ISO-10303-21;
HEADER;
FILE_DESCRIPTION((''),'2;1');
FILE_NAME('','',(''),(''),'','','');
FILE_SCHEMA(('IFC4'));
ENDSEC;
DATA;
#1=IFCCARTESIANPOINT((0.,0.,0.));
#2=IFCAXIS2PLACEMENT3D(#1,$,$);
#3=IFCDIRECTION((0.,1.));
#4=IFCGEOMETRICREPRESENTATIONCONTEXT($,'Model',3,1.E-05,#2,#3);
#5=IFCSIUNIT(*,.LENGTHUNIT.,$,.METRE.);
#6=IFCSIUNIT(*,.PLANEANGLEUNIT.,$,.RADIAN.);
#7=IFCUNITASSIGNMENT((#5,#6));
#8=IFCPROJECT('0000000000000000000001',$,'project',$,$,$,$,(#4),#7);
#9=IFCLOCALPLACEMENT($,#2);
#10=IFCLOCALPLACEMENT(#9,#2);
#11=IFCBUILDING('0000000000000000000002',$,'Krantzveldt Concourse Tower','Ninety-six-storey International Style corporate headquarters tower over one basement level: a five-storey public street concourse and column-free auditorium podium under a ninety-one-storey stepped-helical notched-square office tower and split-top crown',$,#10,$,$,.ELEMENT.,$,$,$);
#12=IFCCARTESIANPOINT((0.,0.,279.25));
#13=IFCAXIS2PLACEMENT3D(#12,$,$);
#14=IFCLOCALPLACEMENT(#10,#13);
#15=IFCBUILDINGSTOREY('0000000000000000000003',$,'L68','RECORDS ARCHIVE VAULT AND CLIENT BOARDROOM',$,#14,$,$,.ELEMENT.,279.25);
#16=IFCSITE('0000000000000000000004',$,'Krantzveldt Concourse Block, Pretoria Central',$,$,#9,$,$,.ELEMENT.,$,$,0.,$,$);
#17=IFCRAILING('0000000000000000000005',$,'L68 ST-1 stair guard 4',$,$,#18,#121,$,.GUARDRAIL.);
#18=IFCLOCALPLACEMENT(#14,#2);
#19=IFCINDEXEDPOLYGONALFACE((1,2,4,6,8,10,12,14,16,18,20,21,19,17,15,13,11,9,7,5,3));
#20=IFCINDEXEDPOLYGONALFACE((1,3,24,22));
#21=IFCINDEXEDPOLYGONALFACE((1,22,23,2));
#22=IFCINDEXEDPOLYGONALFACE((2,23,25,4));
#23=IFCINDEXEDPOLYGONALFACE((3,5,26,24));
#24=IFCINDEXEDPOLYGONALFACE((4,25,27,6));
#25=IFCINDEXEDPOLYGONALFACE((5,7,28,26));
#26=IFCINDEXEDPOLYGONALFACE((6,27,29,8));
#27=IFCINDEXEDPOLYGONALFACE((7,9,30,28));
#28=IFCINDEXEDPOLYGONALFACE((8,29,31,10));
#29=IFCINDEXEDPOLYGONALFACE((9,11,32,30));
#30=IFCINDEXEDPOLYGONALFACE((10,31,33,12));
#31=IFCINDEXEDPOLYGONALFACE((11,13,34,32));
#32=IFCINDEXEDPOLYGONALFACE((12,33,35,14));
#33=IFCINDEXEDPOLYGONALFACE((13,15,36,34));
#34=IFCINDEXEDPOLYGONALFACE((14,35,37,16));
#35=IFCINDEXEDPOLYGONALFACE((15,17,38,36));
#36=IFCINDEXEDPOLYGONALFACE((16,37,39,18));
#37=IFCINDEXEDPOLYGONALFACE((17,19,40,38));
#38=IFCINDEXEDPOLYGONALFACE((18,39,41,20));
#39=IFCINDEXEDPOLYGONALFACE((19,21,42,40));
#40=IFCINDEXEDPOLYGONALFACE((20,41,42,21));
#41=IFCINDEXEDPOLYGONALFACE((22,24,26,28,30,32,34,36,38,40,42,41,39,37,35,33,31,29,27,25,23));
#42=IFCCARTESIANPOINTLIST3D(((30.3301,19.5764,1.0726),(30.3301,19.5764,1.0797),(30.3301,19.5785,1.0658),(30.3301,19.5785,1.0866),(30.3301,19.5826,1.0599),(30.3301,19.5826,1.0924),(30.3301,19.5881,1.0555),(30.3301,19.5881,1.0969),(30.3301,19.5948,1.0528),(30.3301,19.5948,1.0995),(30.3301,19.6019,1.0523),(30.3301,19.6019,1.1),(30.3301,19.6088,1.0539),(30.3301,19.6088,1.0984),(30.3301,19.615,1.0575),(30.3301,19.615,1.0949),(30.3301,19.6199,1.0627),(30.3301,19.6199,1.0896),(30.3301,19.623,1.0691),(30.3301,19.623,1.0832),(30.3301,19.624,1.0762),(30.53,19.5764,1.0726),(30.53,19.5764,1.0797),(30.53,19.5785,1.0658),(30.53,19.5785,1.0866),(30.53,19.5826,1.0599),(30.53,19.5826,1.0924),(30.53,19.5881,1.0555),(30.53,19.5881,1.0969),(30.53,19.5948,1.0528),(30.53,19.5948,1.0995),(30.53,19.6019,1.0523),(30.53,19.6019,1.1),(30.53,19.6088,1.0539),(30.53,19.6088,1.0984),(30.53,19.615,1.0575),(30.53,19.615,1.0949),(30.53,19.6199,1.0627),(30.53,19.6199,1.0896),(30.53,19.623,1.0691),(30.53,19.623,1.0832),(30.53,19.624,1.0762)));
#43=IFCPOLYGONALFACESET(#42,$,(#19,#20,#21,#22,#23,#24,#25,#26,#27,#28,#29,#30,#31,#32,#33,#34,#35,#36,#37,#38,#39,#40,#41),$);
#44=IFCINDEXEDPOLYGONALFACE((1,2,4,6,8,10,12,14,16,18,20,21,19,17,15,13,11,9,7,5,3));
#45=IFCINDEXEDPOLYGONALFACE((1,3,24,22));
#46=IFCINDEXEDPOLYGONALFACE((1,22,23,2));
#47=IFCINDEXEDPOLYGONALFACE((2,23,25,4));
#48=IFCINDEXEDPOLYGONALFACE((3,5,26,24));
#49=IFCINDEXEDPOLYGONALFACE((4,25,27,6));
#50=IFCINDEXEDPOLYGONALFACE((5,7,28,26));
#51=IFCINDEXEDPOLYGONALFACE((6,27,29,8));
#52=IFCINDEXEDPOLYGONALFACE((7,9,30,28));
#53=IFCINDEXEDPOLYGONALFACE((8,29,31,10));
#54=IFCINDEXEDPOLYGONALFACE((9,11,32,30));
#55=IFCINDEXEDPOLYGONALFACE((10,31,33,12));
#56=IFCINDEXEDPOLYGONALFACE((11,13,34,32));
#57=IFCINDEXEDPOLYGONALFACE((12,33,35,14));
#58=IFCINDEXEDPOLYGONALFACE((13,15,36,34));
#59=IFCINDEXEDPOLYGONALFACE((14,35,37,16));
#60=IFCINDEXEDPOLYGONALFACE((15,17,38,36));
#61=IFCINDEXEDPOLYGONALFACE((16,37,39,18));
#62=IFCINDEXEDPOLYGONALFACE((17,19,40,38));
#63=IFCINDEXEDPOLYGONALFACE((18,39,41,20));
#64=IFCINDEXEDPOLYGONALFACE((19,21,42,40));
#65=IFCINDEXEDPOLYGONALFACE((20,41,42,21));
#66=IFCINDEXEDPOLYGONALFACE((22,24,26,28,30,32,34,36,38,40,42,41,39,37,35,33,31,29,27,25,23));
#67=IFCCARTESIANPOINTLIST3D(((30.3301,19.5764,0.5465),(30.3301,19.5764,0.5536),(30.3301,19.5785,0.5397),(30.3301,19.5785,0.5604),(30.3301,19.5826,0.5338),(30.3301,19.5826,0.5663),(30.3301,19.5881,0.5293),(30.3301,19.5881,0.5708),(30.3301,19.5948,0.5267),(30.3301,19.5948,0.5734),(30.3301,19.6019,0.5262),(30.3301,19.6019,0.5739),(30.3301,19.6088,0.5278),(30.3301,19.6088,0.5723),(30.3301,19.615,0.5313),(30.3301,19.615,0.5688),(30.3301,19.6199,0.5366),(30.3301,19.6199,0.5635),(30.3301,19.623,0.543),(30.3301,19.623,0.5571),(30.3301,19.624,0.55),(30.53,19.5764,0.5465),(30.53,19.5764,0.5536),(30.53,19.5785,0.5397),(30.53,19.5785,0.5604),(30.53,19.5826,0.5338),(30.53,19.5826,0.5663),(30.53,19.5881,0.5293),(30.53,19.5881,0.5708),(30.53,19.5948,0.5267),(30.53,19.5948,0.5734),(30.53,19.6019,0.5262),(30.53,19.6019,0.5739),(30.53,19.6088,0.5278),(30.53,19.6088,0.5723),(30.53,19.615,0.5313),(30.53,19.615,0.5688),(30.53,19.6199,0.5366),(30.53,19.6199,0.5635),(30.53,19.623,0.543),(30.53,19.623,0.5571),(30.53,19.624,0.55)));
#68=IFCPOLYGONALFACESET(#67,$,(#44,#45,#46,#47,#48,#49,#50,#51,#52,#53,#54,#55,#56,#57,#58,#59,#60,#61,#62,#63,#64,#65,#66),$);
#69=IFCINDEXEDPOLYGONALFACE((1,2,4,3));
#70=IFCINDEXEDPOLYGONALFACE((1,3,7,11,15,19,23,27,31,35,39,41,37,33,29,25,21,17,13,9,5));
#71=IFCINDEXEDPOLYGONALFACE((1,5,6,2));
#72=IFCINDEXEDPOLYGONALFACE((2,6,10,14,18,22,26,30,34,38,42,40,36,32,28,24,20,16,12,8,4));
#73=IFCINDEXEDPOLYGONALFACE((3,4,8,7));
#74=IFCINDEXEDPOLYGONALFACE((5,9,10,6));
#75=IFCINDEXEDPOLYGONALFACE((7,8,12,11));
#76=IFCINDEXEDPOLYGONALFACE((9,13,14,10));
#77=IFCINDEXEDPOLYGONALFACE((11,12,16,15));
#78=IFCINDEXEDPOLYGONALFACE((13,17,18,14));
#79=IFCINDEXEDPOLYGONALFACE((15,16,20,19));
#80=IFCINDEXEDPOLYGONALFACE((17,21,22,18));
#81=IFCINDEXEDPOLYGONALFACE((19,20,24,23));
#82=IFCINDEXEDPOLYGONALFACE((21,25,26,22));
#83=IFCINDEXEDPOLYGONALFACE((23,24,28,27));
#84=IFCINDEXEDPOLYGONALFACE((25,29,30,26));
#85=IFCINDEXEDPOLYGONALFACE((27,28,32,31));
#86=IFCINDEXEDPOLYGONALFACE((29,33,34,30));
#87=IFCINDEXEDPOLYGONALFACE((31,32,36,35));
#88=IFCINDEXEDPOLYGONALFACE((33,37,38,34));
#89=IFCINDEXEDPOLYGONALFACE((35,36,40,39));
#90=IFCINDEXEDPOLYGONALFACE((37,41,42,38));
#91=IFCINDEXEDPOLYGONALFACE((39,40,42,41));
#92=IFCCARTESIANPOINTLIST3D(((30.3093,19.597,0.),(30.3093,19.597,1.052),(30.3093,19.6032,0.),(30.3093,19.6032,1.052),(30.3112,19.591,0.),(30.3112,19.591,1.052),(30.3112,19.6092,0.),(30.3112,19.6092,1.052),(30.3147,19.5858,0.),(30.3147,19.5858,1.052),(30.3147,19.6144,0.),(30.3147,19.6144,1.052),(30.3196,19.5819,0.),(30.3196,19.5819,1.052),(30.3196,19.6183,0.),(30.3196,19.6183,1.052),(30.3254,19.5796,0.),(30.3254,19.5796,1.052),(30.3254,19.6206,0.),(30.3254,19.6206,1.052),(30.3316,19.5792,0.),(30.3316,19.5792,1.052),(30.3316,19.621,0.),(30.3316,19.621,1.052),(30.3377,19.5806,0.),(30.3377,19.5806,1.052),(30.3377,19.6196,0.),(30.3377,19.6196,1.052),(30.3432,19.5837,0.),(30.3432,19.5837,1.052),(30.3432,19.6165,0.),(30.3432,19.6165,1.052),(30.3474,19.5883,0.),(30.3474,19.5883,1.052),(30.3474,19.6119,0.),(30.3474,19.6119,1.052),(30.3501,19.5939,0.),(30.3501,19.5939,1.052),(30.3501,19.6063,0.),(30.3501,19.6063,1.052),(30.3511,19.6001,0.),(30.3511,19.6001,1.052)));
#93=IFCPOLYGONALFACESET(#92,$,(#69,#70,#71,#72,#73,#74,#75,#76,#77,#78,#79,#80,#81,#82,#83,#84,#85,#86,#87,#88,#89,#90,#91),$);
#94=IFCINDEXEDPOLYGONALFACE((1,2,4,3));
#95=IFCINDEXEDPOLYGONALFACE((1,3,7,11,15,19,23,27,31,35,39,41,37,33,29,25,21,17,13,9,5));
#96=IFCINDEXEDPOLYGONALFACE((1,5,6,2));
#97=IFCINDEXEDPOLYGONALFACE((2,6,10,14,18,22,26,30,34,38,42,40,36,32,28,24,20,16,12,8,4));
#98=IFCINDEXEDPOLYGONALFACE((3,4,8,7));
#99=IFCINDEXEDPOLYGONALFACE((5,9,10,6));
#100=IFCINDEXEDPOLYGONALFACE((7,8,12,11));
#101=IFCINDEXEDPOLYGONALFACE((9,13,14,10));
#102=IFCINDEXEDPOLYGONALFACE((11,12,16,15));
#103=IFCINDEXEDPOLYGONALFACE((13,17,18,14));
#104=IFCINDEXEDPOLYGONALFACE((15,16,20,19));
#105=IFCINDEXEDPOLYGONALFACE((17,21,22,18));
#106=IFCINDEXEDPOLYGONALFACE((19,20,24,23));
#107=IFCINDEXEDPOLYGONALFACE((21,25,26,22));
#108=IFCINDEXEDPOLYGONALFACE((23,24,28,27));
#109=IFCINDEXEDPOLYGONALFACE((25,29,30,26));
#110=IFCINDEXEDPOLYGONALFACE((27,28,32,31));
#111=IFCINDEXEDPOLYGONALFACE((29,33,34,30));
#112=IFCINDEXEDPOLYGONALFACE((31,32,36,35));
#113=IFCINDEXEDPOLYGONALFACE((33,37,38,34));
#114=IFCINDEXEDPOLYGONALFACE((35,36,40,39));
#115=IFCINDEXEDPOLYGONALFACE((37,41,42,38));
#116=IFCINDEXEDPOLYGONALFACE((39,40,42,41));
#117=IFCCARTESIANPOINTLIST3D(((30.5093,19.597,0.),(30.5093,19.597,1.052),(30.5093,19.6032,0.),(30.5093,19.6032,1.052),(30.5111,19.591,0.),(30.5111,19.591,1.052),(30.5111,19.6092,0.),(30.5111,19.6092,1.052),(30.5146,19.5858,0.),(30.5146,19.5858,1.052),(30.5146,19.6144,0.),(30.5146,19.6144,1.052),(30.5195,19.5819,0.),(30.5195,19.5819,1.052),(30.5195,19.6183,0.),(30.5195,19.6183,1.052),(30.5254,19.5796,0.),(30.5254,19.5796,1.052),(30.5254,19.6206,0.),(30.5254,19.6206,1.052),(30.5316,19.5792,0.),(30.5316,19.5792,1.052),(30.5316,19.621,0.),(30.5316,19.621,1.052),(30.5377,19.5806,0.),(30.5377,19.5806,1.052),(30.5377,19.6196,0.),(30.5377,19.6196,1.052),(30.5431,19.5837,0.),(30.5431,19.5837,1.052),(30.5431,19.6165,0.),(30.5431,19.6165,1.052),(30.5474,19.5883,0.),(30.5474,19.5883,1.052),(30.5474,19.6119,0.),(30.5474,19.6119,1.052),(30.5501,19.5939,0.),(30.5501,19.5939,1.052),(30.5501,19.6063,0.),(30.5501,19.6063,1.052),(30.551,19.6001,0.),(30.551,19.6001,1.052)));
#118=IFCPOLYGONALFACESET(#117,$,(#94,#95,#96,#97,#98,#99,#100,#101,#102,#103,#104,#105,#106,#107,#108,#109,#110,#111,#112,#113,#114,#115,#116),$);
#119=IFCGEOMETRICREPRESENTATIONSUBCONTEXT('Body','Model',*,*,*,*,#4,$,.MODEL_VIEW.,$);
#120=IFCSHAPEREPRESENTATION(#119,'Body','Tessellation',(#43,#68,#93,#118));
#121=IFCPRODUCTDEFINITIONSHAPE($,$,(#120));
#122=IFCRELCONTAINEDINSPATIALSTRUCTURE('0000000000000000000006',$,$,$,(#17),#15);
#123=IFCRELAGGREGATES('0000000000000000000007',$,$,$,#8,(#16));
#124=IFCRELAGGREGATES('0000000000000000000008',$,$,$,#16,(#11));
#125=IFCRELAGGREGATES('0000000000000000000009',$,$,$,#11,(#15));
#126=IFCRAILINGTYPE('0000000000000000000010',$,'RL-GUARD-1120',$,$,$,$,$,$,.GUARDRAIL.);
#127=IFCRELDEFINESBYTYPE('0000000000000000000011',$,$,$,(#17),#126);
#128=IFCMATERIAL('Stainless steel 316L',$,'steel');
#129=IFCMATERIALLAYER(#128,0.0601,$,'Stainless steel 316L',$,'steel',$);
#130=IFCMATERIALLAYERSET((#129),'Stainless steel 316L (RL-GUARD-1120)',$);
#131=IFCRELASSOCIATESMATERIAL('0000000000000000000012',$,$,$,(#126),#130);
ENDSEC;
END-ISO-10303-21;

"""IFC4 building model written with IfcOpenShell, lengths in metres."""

from ifc_helpers import new_model, si_unit, direction, frame, origin, origin_2d, place, context, subcontext, project, spatial, circle, extrude, material, layer, layer_set, type_object, element, save


model = new_model("IFC4")

# Units and contexts
model_context = context("Model", 3, precision=1e-05, world=origin(), true_north=direction((0.0, 1.0)))
body_context = subcontext(model_context, "Body", "Model", "MODEL_VIEW")
ifc_project = project(units=[si_unit("LENGTHUNIT", "METRE"), si_unit("PLANEANGLEUNIT", "RADIAN")], contexts=[model_context])

# Site, building, storey
site_placement = place(None, origin())
site = spatial("IfcSite", under=ifc_project, at=site_placement, Name="Krantzveldt Concourse Block, Pretoria Central", CompositionType="ELEMENT", RefElevation=0.0)
building_placement = place(site_placement, origin())
building = spatial("IfcBuilding", under=site, at=building_placement, Name="Krantzveldt Concourse Tower", Description="Ninety-six-storey International Style corporate headquarters tower over one basement level: a five-storey public street concourse and column-free auditorium podium under a ninety-one-storey stepped-helical notched-square office tower and split-top crown", CompositionType="ELEMENT")
storey_placement = place(building_placement, frame((0.0, 0.0, 279.25)))
storey = spatial("IfcBuildingStorey", under=building, at=storey_placement, Name="L68", Description="RECORDS ARCHIVE VAULT AND CLIENT BOARDROOM", CompositionType="ELEMENT", Elevation=279.25)

# Railing
ifc_material_1 = material(Name="Stainless steel 316L", Category="steel")
ifc_layer_1 = layer(ifc_material_1, 0.0601, Name="Stainless steel 316L", Category="steel")
ifc_layer_set_1 = layer_set([ifc_layer_1], Name="Stainless steel 316L (RL-GUARD-1120)")
railing_type_1 = type_object("IfcRailingType", Name="RL-GUARD-1120", PredefinedType="GUARDRAIL", material=ifc_layer_set_1)
railing_1_placement = place(storey_placement, frame((30.3301, 19.6001, 0.0)))
element("IfcRailing", 1, at=railing_1_placement, inside=storey, type_object=railing_type_1, Name="L68 ST-1 stair guard 4", PredefinedType="GUARDRAIL", context=body_context, shape_type="SweptSolid", body=[
    extrude(circle(Radius=0.0239, at=origin_2d()), frame((0.0, 0.0, 1.0762), z_axis=(1.0, 0.0, 0.0), x_axis=(0.0, 1.0, 0.0)), (0.0, 0.0, 1.0), 0.2),
    extrude(circle(Radius=0.0239, at=origin_2d()), frame((0.0, 0.0, 0.55), z_axis=(1.0, 0.0, 0.0), x_axis=(0.0, 1.0, 0.0)), (0.0, 0.0, 1.0), 0.2),
    extrude(circle(Radius=0.021, at=origin_2d()), origin(), (0.0, 0.0, 1.0), 1.052),
    extrude(circle(Radius=0.021, at=origin_2d()), frame((0.2, 0.0, 0.0)), (0.0, 0.0, 1.0), 1.052),
])

save(model, "model.ifc")
